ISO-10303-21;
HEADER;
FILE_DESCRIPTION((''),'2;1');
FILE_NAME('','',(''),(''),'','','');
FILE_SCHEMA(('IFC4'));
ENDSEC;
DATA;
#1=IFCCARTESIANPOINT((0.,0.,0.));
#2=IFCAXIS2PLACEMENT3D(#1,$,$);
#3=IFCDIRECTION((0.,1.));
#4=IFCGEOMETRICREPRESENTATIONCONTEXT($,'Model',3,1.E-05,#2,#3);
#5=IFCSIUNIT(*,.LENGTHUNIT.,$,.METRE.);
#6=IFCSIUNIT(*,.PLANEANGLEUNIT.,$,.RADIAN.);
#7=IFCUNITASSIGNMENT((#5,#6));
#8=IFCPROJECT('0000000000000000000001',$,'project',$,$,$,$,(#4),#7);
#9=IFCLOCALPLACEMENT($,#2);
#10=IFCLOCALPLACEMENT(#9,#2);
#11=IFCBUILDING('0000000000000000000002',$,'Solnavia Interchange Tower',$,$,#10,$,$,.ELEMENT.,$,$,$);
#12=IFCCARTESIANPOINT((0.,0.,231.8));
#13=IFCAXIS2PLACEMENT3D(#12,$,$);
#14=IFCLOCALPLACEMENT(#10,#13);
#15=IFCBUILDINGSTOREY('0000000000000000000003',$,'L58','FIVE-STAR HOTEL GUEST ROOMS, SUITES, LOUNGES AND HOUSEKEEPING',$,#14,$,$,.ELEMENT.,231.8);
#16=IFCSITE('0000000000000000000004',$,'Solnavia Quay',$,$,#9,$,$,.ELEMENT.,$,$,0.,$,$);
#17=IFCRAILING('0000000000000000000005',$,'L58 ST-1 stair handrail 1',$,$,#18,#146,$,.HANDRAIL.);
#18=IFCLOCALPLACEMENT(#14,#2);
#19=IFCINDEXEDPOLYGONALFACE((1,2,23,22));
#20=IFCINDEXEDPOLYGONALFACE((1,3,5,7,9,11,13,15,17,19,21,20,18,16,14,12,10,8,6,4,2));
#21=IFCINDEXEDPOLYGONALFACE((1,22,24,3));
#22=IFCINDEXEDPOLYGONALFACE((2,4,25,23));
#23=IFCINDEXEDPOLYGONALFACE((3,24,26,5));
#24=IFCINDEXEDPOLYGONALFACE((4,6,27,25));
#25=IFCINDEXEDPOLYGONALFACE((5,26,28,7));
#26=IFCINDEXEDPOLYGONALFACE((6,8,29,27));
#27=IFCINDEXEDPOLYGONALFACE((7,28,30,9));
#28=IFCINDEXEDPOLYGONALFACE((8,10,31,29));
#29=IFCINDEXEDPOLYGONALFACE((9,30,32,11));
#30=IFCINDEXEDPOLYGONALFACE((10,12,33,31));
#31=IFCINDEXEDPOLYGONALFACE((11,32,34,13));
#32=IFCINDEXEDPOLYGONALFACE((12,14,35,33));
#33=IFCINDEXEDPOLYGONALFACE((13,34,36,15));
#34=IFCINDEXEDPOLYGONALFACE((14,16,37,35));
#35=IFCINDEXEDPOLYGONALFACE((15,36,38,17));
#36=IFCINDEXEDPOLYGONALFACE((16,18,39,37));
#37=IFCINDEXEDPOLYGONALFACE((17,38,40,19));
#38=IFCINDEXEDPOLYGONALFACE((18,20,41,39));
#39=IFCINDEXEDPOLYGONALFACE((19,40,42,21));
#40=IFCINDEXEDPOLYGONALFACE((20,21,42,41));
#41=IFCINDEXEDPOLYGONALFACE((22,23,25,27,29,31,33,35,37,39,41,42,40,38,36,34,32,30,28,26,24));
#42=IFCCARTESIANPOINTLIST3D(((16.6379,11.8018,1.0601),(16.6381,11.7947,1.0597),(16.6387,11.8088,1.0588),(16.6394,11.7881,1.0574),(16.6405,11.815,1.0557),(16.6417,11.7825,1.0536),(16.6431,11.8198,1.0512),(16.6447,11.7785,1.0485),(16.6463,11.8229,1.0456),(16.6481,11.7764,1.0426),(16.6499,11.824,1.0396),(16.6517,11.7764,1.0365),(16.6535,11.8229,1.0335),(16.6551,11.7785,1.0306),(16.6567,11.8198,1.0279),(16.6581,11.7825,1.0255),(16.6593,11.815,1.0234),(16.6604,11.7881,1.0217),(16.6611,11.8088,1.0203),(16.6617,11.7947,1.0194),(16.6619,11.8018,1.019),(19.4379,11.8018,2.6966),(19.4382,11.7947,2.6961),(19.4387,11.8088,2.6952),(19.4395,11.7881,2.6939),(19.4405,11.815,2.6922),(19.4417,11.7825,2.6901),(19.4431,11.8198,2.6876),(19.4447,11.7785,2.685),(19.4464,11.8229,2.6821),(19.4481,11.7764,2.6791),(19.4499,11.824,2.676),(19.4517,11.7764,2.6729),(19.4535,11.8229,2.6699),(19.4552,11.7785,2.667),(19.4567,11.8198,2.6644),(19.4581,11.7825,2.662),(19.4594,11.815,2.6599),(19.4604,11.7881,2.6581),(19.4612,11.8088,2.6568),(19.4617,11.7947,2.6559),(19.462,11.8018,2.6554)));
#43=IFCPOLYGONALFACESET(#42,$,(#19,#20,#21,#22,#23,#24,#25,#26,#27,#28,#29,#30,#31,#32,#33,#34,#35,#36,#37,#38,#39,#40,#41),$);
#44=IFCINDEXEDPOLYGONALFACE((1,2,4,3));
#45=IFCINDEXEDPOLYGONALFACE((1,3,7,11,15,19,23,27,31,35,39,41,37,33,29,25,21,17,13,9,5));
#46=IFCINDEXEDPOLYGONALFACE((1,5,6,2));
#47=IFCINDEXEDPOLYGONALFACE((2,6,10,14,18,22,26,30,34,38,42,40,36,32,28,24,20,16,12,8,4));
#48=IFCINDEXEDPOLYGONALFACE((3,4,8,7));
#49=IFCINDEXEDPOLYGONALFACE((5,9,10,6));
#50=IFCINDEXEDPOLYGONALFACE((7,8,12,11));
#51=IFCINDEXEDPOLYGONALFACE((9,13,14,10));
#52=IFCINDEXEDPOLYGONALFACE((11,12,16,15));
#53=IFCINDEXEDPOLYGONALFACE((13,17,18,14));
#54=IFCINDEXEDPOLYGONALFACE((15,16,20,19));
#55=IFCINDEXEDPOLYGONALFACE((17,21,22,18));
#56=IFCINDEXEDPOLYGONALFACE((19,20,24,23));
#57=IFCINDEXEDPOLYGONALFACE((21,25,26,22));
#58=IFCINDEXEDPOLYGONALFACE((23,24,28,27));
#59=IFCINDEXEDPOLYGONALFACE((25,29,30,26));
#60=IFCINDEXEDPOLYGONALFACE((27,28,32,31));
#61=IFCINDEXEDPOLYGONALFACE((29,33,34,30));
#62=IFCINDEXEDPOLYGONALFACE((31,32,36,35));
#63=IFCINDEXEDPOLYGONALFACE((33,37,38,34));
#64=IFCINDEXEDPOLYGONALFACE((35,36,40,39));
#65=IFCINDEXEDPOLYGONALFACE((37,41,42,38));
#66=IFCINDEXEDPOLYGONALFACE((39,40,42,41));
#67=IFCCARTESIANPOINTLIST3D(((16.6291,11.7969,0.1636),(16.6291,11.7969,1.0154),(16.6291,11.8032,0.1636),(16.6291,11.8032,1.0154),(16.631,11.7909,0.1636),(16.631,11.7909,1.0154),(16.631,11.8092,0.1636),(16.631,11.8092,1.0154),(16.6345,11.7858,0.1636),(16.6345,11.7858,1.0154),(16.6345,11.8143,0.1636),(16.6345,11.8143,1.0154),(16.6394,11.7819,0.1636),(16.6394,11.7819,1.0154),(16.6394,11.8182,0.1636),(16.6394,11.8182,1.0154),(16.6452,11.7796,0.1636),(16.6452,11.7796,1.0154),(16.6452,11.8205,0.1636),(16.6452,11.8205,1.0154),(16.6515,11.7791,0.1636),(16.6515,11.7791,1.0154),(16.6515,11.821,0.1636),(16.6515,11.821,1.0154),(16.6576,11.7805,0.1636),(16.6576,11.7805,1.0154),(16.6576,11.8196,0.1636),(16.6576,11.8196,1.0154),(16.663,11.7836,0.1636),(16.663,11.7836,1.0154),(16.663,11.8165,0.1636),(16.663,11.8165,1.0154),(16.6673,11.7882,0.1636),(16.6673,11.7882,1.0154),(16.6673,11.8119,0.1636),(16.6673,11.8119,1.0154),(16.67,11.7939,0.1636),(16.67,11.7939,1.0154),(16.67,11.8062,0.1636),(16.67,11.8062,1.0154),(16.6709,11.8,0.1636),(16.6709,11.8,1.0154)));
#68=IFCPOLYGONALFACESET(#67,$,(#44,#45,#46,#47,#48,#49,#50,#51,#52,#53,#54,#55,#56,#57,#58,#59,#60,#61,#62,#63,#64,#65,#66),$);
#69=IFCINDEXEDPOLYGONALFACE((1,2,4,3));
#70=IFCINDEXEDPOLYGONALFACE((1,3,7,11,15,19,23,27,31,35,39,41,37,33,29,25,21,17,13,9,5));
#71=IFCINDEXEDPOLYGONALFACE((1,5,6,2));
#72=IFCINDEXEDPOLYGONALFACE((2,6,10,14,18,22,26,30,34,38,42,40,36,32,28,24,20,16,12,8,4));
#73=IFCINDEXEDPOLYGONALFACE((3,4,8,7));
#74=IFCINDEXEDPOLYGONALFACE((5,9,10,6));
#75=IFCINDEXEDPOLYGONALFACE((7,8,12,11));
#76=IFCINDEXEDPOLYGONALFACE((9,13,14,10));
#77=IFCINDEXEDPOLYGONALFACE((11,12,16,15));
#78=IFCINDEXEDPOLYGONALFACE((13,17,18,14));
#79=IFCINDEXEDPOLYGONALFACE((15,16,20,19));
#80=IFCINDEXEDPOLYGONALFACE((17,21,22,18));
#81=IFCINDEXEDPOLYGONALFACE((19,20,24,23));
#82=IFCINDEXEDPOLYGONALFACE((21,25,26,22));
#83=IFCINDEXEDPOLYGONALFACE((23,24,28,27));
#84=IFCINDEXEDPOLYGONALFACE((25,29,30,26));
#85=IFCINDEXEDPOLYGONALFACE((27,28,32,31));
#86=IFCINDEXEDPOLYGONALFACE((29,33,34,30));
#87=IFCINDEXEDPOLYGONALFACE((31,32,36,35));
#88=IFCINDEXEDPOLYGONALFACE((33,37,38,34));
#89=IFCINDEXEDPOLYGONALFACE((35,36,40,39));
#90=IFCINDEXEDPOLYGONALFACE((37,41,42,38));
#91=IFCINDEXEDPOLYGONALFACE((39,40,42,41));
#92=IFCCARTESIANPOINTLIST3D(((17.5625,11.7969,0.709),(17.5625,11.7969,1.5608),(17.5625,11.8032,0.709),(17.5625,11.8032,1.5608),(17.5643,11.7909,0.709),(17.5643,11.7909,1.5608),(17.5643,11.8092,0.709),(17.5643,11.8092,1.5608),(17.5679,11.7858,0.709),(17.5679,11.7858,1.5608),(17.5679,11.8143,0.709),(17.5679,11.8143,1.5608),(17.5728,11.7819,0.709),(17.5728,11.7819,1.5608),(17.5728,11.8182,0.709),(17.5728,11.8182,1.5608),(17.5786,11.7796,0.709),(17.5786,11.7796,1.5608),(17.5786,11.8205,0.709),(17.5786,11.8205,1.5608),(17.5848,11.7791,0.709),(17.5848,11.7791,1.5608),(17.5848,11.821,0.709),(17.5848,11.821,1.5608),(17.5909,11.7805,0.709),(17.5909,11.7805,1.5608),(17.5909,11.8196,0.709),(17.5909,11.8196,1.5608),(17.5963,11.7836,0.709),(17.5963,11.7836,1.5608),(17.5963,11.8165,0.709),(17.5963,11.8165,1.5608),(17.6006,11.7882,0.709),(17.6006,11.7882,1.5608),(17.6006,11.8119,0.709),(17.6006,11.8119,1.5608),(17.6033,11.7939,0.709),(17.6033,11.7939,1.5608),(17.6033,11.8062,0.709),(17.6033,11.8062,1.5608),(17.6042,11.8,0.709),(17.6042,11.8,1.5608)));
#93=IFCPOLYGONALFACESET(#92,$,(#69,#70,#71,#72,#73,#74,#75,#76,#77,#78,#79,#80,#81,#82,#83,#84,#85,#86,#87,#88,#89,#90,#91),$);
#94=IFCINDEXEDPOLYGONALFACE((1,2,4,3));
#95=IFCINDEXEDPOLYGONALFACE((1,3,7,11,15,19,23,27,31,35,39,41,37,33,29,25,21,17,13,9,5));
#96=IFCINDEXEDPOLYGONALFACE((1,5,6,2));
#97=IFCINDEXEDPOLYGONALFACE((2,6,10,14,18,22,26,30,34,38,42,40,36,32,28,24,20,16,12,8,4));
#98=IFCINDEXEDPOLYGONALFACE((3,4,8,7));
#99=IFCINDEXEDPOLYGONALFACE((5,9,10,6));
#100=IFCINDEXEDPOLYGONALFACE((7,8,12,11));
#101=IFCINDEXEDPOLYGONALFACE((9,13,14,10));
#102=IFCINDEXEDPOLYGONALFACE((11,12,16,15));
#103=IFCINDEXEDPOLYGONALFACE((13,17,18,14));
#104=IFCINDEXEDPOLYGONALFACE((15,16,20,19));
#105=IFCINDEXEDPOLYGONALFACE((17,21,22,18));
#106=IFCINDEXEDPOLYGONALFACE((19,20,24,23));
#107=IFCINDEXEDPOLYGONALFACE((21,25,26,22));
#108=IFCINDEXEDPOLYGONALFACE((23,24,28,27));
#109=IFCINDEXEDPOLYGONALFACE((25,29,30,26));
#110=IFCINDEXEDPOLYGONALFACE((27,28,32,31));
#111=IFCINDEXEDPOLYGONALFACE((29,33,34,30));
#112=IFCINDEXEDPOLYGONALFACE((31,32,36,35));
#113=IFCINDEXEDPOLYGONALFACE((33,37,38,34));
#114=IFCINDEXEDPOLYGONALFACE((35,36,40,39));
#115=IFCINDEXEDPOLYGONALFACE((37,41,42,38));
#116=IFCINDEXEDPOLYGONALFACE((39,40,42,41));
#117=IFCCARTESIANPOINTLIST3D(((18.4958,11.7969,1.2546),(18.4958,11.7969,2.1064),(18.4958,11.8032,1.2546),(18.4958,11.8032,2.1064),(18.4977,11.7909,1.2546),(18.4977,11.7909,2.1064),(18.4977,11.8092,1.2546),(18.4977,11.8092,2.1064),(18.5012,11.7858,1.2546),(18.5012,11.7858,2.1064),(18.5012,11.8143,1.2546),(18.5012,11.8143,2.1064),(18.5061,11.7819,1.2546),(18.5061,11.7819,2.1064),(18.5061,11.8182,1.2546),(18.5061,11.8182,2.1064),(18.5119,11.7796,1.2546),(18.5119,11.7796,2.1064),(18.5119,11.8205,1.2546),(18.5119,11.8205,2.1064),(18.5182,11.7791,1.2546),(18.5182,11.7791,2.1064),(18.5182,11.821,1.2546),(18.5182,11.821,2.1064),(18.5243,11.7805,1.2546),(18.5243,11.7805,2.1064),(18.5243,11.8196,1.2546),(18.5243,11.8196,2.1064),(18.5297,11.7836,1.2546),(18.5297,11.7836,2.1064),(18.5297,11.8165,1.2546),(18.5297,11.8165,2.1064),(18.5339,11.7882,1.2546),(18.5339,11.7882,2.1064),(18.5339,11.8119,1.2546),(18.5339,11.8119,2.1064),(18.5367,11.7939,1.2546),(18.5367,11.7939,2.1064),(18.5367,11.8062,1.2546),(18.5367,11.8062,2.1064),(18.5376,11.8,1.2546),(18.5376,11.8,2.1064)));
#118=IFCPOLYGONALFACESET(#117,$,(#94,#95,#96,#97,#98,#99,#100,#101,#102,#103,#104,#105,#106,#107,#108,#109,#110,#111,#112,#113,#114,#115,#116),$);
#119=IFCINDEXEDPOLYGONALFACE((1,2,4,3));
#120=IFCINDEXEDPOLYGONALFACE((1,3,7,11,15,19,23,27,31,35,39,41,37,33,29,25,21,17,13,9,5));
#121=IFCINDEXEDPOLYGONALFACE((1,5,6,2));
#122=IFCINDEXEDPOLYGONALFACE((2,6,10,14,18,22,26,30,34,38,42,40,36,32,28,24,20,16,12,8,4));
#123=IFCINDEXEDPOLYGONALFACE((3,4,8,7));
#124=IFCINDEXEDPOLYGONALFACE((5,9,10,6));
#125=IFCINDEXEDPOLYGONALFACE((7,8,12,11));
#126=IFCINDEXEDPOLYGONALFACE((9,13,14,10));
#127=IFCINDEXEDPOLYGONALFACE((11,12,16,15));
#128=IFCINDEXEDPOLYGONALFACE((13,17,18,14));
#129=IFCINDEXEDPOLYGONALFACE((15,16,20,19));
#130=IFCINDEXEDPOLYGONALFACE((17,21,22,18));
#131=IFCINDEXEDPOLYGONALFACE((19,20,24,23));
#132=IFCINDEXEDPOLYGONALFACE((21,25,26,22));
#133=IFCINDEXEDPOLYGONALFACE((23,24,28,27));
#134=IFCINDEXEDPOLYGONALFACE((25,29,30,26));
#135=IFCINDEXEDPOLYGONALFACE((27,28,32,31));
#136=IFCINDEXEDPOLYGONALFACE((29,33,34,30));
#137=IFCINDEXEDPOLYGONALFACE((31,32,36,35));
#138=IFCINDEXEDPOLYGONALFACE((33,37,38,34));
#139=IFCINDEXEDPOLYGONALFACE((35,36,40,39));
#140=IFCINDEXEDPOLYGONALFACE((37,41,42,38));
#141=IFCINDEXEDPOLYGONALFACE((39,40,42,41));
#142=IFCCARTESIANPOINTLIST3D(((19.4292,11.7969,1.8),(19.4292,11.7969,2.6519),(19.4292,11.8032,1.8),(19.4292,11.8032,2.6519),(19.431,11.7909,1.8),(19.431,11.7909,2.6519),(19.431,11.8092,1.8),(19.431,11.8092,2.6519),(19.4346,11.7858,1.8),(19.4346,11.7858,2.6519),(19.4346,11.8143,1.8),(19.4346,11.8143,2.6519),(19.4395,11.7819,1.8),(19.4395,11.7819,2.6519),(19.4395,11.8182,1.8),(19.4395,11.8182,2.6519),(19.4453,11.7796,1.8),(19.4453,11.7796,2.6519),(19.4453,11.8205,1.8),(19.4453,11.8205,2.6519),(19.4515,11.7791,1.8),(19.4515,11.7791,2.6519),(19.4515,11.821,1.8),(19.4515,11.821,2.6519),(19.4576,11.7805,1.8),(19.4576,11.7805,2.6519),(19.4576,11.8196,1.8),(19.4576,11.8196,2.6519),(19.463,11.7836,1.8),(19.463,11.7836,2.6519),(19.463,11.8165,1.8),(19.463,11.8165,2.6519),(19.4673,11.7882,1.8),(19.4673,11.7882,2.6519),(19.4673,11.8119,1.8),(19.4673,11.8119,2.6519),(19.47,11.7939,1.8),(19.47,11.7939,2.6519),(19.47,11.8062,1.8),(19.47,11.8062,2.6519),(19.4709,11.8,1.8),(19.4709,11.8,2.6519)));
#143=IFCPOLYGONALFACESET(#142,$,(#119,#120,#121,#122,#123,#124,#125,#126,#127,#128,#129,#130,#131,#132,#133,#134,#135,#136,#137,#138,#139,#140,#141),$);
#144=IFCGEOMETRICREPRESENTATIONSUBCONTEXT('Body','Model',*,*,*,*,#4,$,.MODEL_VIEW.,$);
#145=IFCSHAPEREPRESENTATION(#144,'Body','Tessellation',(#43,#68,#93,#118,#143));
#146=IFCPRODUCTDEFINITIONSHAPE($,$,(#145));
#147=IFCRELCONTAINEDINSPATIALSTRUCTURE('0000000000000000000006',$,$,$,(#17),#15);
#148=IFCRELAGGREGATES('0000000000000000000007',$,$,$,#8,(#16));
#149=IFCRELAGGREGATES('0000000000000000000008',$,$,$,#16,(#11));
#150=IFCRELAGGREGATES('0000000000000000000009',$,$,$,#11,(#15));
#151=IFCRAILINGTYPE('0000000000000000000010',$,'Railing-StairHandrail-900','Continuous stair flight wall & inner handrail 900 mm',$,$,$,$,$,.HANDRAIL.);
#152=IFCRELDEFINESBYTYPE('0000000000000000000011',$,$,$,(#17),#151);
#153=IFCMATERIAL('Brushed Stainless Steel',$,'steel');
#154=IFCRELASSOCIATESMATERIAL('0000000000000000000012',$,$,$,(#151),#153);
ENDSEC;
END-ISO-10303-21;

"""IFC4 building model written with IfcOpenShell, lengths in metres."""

from ifc_helpers import new_model, si_unit, direction, frame, origin, origin_2d, place, context, subcontext, project, spatial, circle, extrude, material, type_object, element, save


model = new_model("IFC4")

# Units and contexts
model_context = context("Model", 3, precision=1e-05, world=origin(), true_north=direction((0.0, 1.0)))
body_context = subcontext(model_context, "Body", "Model", "MODEL_VIEW")
ifc_project = project(units=[si_unit("LENGTHUNIT", "METRE"), si_unit("PLANEANGLEUNIT", "RADIAN")], contexts=[model_context])

# Site, building, storey
site_placement = place(None, origin())
site = spatial("IfcSite", under=ifc_project, at=site_placement, Name="Solnavia Quay", CompositionType="ELEMENT", RefElevation=0.0)
building_placement = place(site_placement, origin())
building = spatial("IfcBuilding", under=site, at=building_placement, Name="Solnavia Interchange Tower", CompositionType="ELEMENT")
storey_placement = place(building_placement, frame((0.0, 0.0, 231.8)))
storey = spatial("IfcBuildingStorey", under=building, at=storey_placement, Name="L58", Description="FIVE-STAR HOTEL GUEST ROOMS, SUITES, LOUNGES AND HOUSEKEEPING", CompositionType="ELEMENT", Elevation=231.8)

# Railing
ifc_material_1 = material(Name="Brushed Stainless Steel", Category="steel")
railing_type_1 = type_object("IfcRailingType", Name="Railing-StairHandrail-900", Description="Continuous stair flight wall & inner handrail 900 mm", PredefinedType="HANDRAIL", material=ifc_material_1)
railing_1_placement = place(storey_placement, frame((16.6499, 11.8, 0.1636)))
element("IfcRailing", 1, at=railing_1_placement, inside=storey, type_object=railing_type_1, Name="L58 ST-1 stair handrail 1", PredefinedType="HANDRAIL", context=body_context, shape_type="SweptSolid", body=[
    extrude(circle(Radius=0.0239, at=origin_2d()), frame((0.0, 0.0, 0.876), z_axis=(0.863361, 0.0, 0.504587), x_axis=(0.0, 1.0, 0.0)), (0.0, 0.0, 1.0), 3.2432),
    extrude(circle(Radius=0.021, at=origin_2d()), origin(), (0.0, 0.0, 1.0), 0.8518),
    extrude(circle(Radius=0.021, at=origin_2d()), frame((0.9333, 0.0, 0.5454)), (0.0, 0.0, 1.0), 0.8518),
    extrude(circle(Radius=0.021, at=origin_2d()), frame((1.8667, 0.0, 1.0911)), (0.0, 0.0, 1.0), 0.8518),
    extrude(circle(Radius=0.021, at=origin_2d()), frame((2.8, 0.0, 1.6365)), (0.0, 0.0, 1.0), 0.8518),
])

save(model, "model.ifc")
